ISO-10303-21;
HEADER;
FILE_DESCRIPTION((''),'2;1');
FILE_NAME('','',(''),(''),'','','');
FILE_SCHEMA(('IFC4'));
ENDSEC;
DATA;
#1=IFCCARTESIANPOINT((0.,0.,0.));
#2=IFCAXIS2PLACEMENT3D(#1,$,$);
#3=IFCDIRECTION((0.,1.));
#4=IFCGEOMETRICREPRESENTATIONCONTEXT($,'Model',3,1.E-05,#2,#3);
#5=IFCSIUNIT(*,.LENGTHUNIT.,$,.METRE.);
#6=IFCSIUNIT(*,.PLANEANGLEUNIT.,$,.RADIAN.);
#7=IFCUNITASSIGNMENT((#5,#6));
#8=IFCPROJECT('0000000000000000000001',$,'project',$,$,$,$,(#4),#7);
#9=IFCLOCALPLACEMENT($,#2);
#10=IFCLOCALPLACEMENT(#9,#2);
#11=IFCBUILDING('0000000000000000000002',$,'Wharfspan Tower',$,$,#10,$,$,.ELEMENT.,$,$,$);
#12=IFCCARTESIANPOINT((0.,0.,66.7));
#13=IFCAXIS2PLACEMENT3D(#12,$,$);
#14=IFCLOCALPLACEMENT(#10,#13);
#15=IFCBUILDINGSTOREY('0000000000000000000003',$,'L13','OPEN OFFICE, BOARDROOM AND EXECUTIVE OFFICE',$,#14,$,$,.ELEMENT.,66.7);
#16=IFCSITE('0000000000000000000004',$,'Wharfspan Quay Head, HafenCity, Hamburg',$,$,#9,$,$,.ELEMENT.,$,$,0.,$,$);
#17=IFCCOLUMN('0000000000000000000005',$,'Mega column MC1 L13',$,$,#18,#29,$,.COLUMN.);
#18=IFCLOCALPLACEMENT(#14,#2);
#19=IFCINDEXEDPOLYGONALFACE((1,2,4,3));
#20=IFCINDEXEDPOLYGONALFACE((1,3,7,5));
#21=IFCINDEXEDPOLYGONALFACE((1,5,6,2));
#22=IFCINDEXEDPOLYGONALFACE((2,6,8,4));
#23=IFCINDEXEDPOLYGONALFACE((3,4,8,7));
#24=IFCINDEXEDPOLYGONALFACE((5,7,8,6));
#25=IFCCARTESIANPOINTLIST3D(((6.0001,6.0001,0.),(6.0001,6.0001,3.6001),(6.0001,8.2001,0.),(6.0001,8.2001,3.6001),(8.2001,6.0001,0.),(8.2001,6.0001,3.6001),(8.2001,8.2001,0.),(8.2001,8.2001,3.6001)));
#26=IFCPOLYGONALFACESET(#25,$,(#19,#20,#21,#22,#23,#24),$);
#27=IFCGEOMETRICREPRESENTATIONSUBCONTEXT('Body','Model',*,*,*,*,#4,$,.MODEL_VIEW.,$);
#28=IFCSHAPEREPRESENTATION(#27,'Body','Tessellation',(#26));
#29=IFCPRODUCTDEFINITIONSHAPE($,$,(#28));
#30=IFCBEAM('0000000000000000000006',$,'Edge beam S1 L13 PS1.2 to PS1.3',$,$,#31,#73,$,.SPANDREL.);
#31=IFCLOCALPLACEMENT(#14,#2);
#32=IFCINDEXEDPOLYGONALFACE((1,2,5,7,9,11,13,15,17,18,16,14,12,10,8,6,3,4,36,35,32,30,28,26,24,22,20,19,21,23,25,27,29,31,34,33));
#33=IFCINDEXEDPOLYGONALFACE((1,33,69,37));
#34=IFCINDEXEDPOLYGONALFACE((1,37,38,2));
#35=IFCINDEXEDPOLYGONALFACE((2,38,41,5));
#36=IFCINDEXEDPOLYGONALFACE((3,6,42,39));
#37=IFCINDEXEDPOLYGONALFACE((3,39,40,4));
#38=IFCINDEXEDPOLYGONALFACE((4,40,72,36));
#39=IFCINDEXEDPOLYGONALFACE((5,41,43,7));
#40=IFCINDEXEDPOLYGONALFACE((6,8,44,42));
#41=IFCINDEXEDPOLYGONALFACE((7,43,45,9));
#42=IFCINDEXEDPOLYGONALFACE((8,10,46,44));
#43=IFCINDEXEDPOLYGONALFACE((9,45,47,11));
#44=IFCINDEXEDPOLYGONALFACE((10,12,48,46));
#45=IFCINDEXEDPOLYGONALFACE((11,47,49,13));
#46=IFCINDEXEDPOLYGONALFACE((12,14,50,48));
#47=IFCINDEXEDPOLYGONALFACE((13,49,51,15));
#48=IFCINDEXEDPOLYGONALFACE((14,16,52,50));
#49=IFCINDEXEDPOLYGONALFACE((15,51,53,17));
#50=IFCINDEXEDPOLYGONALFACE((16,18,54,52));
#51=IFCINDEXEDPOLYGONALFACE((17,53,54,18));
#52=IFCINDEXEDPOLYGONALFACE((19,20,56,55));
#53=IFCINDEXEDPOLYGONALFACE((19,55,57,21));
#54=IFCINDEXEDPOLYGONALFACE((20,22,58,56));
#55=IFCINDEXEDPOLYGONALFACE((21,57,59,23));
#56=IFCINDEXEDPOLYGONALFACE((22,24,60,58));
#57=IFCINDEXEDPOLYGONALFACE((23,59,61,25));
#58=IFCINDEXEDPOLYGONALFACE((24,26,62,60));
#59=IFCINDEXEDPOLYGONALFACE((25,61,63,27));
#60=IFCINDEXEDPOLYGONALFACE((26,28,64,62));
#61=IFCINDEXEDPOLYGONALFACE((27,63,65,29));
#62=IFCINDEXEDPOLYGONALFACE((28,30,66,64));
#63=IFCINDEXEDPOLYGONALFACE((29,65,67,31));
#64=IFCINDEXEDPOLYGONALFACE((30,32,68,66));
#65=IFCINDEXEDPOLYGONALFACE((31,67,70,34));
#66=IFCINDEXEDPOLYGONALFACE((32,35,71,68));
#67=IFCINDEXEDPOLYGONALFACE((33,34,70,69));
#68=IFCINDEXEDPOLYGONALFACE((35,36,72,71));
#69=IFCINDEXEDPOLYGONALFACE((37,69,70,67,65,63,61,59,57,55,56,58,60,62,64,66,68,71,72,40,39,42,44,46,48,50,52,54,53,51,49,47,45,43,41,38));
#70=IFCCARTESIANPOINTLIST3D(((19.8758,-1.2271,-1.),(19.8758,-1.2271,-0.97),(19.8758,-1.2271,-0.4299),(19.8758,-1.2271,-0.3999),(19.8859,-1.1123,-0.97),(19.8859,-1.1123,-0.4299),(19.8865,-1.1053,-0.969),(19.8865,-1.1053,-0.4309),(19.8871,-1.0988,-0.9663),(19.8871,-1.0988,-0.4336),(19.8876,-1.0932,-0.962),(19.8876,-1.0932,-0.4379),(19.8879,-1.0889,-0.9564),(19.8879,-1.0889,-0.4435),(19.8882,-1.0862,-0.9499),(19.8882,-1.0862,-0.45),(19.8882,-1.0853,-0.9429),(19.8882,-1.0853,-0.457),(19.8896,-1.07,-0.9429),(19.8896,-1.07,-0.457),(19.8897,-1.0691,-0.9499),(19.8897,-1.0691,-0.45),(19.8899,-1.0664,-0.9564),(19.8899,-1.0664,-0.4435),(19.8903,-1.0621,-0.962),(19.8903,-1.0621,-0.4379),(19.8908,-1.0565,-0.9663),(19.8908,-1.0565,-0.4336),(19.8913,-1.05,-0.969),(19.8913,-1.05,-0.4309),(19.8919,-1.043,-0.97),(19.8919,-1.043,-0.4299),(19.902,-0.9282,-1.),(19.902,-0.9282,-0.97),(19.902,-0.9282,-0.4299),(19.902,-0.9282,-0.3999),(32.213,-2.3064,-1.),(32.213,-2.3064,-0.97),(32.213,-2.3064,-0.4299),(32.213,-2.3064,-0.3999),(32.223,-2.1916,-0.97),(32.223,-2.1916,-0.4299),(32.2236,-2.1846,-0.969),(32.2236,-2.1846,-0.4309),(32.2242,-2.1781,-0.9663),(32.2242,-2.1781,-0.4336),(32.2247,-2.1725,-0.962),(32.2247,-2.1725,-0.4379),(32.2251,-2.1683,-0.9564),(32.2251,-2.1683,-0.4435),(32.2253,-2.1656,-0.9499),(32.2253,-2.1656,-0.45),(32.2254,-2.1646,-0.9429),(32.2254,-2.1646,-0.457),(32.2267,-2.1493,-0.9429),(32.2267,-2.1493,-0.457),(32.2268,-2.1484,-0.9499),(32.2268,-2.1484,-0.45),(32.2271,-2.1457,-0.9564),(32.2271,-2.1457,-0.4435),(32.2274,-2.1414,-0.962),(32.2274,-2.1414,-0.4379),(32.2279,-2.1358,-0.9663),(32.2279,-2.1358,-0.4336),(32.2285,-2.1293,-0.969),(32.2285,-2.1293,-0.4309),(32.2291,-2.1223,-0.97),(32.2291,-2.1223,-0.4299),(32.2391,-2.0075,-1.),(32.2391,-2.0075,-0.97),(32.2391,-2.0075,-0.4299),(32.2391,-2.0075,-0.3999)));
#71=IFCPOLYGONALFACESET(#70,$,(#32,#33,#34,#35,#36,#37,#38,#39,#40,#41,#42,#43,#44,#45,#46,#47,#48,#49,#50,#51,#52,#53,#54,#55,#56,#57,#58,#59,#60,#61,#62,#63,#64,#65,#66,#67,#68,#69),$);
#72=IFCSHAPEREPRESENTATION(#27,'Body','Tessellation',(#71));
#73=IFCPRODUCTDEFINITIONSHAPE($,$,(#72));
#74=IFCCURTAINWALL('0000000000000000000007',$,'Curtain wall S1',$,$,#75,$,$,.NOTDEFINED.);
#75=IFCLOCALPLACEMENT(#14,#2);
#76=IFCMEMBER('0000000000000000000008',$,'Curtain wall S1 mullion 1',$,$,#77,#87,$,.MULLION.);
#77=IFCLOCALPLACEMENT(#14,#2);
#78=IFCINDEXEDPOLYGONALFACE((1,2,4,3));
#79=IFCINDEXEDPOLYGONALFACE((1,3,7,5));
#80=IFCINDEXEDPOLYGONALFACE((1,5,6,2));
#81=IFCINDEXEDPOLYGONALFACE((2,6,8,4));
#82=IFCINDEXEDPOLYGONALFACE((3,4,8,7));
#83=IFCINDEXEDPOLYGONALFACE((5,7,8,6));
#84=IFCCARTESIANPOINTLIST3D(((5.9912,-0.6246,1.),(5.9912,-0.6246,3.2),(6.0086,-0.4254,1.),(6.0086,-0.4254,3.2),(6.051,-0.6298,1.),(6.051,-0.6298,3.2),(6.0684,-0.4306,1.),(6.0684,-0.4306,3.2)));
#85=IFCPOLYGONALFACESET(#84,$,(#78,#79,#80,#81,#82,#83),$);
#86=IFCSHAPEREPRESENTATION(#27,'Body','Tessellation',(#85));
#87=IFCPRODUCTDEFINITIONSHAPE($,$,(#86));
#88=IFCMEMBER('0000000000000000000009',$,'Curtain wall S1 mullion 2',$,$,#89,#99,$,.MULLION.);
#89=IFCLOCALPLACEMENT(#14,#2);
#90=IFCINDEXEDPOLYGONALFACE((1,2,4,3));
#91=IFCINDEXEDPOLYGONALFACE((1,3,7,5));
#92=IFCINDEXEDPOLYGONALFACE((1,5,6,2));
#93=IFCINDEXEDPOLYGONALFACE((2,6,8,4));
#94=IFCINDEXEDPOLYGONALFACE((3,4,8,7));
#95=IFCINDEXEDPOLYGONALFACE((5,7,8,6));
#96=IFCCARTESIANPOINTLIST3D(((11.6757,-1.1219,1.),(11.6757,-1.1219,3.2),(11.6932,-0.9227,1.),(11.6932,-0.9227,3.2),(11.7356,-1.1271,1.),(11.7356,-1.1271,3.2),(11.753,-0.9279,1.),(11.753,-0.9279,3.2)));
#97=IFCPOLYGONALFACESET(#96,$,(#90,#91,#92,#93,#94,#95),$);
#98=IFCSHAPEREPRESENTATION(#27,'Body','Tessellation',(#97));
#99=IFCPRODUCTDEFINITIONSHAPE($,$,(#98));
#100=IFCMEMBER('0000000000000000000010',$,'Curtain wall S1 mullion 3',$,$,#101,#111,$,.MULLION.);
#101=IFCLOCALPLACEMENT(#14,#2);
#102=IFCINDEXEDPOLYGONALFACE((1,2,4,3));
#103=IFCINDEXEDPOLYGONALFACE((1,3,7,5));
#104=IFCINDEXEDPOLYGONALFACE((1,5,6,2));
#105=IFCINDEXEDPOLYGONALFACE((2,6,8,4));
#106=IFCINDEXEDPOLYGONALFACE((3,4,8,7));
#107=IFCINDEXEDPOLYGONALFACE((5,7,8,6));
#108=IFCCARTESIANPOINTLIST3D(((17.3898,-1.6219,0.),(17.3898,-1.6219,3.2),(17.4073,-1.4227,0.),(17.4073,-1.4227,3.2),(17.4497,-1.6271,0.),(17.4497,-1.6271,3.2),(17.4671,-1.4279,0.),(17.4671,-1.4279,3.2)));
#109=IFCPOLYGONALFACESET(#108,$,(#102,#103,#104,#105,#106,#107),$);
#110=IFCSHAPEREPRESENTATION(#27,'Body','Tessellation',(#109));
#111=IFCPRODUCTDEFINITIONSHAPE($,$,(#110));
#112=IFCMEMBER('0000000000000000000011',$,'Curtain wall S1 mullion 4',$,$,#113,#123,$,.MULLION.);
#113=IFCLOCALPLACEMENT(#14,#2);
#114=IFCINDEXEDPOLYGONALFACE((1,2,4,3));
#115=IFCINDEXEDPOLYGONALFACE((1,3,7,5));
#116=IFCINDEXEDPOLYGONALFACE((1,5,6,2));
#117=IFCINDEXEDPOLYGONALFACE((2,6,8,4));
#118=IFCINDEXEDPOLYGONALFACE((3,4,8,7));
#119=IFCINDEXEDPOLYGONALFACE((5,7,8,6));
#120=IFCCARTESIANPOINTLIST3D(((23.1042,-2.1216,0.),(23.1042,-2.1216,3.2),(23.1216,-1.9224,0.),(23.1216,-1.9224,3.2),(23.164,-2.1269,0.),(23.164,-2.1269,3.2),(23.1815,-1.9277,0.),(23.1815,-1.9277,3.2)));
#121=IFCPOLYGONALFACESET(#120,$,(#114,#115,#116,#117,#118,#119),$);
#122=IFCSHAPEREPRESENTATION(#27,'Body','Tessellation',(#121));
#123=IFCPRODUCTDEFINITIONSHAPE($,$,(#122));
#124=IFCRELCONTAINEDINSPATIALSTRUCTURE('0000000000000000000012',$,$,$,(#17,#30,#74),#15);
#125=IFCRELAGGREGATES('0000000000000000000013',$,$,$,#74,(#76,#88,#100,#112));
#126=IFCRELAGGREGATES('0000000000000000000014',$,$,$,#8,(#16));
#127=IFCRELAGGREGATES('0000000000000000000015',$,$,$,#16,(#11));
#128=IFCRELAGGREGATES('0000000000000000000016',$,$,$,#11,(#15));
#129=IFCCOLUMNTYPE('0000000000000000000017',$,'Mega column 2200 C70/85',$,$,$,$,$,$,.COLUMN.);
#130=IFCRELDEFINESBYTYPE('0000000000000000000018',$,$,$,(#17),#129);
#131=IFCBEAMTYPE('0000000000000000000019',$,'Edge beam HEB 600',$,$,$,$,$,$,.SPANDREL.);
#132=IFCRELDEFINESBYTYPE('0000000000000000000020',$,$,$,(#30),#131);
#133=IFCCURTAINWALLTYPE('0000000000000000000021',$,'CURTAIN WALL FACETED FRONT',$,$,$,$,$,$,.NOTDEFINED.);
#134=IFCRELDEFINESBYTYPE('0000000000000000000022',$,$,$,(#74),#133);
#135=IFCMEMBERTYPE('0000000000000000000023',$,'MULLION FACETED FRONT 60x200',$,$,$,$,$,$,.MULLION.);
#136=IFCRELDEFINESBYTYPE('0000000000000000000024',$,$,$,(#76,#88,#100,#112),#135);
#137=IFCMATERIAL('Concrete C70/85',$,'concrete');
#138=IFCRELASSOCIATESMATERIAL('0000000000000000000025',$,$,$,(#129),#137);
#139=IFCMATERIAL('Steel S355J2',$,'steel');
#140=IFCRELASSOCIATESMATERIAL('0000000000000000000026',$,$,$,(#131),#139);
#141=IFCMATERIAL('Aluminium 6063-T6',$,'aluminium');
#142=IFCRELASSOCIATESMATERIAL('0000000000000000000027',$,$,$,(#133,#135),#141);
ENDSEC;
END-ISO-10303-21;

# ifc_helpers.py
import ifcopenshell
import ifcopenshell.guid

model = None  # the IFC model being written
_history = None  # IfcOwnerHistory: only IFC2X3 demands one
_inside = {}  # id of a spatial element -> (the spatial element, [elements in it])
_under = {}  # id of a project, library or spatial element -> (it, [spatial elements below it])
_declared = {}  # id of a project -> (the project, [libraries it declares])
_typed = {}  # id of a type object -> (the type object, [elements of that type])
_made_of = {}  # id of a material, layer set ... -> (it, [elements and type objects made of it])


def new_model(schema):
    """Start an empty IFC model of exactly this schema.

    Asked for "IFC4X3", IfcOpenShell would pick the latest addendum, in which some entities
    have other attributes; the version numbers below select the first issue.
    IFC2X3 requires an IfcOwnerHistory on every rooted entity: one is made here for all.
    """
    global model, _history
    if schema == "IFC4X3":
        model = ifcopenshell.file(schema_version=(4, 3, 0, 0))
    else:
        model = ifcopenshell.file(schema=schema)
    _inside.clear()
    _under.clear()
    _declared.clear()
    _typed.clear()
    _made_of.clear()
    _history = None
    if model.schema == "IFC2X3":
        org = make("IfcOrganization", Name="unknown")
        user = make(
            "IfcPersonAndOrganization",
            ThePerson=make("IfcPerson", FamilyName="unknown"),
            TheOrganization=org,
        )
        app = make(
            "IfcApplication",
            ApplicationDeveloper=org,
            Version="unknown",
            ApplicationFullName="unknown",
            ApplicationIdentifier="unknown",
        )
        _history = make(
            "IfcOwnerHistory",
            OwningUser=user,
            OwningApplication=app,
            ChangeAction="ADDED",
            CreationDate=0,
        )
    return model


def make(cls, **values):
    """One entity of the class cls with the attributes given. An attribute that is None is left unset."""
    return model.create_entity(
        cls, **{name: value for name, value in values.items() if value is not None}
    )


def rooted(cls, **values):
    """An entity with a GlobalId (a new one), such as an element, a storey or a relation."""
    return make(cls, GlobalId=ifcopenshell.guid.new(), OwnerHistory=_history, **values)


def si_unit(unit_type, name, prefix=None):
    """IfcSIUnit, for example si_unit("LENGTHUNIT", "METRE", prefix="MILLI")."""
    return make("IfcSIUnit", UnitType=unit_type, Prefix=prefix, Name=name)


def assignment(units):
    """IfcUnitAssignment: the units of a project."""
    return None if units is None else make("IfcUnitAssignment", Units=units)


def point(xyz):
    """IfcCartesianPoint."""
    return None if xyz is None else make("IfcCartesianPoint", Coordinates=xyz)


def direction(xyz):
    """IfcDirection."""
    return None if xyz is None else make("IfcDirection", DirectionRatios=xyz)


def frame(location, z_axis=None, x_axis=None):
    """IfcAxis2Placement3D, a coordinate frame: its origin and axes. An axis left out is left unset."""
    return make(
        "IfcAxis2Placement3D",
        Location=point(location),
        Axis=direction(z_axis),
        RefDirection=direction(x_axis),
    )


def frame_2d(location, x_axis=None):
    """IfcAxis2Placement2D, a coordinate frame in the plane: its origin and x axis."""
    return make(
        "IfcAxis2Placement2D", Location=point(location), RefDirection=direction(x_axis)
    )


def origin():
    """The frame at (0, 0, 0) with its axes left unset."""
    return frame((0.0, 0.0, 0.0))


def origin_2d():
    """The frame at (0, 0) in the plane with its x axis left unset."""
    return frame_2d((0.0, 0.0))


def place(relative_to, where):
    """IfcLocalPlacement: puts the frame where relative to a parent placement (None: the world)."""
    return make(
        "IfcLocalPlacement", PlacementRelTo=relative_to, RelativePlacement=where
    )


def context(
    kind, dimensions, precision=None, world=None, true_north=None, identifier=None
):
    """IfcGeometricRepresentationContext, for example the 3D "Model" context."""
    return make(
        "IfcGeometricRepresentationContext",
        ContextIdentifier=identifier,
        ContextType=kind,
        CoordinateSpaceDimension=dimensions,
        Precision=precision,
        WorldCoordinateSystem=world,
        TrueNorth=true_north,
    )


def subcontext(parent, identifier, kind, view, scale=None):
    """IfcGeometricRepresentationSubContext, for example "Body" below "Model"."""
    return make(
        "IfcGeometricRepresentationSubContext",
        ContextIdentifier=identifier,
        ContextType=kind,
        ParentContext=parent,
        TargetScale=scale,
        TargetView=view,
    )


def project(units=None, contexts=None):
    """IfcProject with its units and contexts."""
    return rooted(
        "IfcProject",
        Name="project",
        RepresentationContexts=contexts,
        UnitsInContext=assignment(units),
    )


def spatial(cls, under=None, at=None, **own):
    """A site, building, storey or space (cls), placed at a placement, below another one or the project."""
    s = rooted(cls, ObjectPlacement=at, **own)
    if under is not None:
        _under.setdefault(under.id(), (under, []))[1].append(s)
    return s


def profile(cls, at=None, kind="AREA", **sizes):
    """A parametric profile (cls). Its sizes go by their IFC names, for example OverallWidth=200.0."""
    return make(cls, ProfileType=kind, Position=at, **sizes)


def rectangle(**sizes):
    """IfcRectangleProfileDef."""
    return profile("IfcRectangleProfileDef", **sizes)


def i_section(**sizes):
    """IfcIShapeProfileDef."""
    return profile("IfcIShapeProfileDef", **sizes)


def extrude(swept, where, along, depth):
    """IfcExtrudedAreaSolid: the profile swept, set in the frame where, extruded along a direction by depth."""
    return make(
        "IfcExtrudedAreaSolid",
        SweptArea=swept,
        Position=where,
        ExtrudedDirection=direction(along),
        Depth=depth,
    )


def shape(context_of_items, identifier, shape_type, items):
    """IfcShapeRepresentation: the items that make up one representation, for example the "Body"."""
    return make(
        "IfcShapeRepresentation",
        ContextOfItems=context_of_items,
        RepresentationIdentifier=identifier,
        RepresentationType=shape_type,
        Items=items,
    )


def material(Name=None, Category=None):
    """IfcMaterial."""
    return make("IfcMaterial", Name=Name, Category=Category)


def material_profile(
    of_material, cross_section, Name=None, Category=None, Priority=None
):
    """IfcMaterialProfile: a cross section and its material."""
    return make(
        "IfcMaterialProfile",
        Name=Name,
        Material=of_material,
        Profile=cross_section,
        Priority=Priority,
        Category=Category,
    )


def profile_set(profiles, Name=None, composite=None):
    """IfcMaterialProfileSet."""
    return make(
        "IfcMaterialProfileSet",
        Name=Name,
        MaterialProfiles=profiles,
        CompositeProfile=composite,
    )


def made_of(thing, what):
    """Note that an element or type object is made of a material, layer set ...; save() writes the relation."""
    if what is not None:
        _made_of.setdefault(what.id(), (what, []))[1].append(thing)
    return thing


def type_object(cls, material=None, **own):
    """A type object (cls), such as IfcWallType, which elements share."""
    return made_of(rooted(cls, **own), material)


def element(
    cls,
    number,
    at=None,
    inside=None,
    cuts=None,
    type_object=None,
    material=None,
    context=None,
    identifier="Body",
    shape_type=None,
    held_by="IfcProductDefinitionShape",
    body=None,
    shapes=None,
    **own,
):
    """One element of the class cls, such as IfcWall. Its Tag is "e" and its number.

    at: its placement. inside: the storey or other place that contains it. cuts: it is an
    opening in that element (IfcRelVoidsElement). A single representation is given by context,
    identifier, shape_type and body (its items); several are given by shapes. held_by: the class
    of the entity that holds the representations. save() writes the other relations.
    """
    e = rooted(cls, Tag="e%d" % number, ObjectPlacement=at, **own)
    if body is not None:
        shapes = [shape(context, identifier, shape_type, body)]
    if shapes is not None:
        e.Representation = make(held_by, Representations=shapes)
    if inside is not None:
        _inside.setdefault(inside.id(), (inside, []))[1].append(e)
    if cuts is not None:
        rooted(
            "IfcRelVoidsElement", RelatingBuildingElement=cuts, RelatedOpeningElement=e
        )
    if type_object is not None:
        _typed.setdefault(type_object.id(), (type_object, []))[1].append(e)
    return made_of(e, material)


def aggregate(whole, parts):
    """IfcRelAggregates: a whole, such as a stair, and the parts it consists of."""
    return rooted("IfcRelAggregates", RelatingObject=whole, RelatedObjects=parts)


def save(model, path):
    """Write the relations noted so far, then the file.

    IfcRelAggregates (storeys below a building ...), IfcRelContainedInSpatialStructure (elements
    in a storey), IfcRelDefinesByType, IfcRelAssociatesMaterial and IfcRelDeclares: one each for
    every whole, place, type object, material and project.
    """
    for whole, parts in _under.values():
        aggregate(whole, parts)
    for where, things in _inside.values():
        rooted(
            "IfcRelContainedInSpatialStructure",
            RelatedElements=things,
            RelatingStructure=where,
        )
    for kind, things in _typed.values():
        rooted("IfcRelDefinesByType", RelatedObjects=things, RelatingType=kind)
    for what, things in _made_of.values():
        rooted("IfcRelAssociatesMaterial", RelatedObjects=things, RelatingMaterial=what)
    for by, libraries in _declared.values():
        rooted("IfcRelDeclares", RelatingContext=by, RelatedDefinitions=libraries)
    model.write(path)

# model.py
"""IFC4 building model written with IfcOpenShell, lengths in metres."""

from ifc_helpers import new_model, si_unit, direction, frame, origin, origin_2d, place, context, subcontext, project, spatial, rectangle, i_section, extrude, material, material_profile, profile_set, type_object, element, aggregate, save


model = new_model("IFC4")

# Units and contexts
model_context = context("Model", 3, precision=1e-05, world=origin(), true_north=direction((0.0, 1.0)))
body_context = subcontext(model_context, "Body", "Model", "MODEL_VIEW")
ifc_project = project(units=[si_unit("LENGTHUNIT", "METRE"), si_unit("PLANEANGLEUNIT", "RADIAN")], contexts=[model_context])

# Site, building, storey
site_placement = place(None, origin())
site = spatial("IfcSite", under=ifc_project, at=site_placement, Name="Wharfspan Quay Head, HafenCity, Hamburg", CompositionType="ELEMENT", RefElevation=0.0)
building_placement = place(site_placement, origin())
building = spatial("IfcBuilding", under=site, at=building_placement, Name="Wharfspan Tower", CompositionType="ELEMENT")
storey_placement = place(building_placement, frame((0.0, 0.0, 66.7)))
storey = spatial("IfcBuildingStorey", under=building, at=storey_placement, Name="L13", Description="OPEN OFFICE, BOARDROOM AND EXECUTIVE OFFICE", CompositionType="ELEMENT", Elevation=66.7)

# Column
ifc_material_1 = material(Name="Steel S355J2", Category="steel")
ifc_material_2 = material(Name="Concrete C70/85", Category="concrete")
ifc_material_profile_1 = material_profile(ifc_material_2, rectangle(XDim=2.2, YDim=2.2, at=origin_2d()))
ifc_profile_set_1 = profile_set([ifc_material_profile_1], Name="Concrete C70/85")
column_type_1 = type_object("IfcColumnType", Name="Mega column 2200 C70/85", PredefinedType="COLUMN", material=ifc_profile_set_1)
column_placement = place(storey_placement, frame((7.1001, 7.1001, 0.0), z_axis=(0.0, 0.0, 1.0), x_axis=(1.0, 0.0, 0.0)))
element("IfcColumn", 1, at=column_placement, inside=storey, type_object=column_type_1, Name="Mega column MC1 L13", PredefinedType="COLUMN", context=body_context, shape_type="SweptSolid", body=[
    extrude(rectangle(XDim=2.2, YDim=2.2, at=origin_2d()), origin(), (0.0, 0.0, 1.0), 3.6001),
])

# Beam
ifc_material_profile_2 = material_profile(ifc_material_1, i_section(OverallWidth=0.3, OverallDepth=0.6001, WebThickness=0.0154, FlangeThickness=0.03, FilletRadius=0.0271, at=origin_2d()))
ifc_profile_set_2 = profile_set([ifc_material_profile_2], Name="Steel S355J2")
beam_type = type_object("IfcBeamType", Name="Edge beam HEB 600", PredefinedType="SPANDREL", material=ifc_profile_set_2)
beam_placement = place(storey_placement, frame((19.8889, -1.0776, -0.7), z_axis=(0.996195, -0.087154, 0.0), x_axis=(0.087154, 0.996195, 0.0)))
element("IfcBeam", 2, at=beam_placement, inside=storey, type_object=beam_type, Name="Edge beam S1 L13 PS1.2 to PS1.3", PredefinedType="SPANDREL", context=body_context, shape_type="SweptSolid", body=[
    extrude(i_section(OverallWidth=0.3, OverallDepth=0.6001, WebThickness=0.0154, FlangeThickness=0.03, FilletRadius=0.0271, at=origin_2d()), origin(), (0.0, 0.0, 1.0), 12.3843),
])

# Curtain wall, members
ifc_material_3 = material(Name="Aluminium 6063-T6", Category="aluminium")
curtain_wall_type_1 = type_object("IfcCurtainWallType", Name="CURTAIN WALL FACETED FRONT", PredefinedType="NOTDEFINED", material=ifc_material_3)
curtain_wall_1_placement = place(storey_placement, origin())
curtain_wall_1 = element("IfcCurtainWall", 3, at=curtain_wall_1_placement, inside=storey, type_object=curtain_wall_type_1, Name="Curtain wall S1", PredefinedType="NOTDEFINED")
ifc_material_profile_3 = material_profile(ifc_material_3, rectangle(XDim=0.2, YDim=0.0601, at=origin_2d()))
ifc_profile_set_3 = profile_set([ifc_material_profile_3], Name="Aluminium 6063-T6")
member_type_1 = type_object("IfcMemberType", Name="MULLION FACETED FRONT 60x200", PredefinedType="MULLION", material=ifc_profile_set_3)
member_1_placement = place(storey_placement, frame((6.0298, -0.5276, 1.0), z_axis=(0.0, 0.0, 1.0), x_axis=(0.087156, 0.996197, 0.0)))
member_1 = element("IfcMember", 4, at=member_1_placement, type_object=member_type_1, Name="Curtain wall S1 mullion 1", PredefinedType="MULLION", context=body_context, shape_type="SweptSolid", body=[
    extrude(rectangle(XDim=0.2, YDim=0.0601, at=origin_2d()), origin(), (0.0, 0.0, 1.0), 2.2),
])
member_2_placement = place(storey_placement, frame((11.7144, -1.0249, 1.0), z_axis=(0.0, 0.0, 1.0), x_axis=(0.087156, 0.996197, 0.0)))
member_2 = element("IfcMember", 5, at=member_2_placement, type_object=member_type_1, Name="Curtain wall S1 mullion 2", PredefinedType="MULLION", context=body_context, shape_type="SweptSolid", body=[
    extrude(rectangle(XDim=0.2, YDim=0.0601, at=origin_2d()), origin(), (0.0, 0.0, 1.0), 2.2),
])
member_3_placement = place(storey_placement, frame((17.4285, -1.5249, 0.0), z_axis=(0.0, 0.0, 1.0), x_axis=(0.087156, 0.996197, 0.0)))
member_3 = element("IfcMember", 6, at=member_3_placement, type_object=member_type_1, Name="Curtain wall S1 mullion 3", PredefinedType="MULLION", context=body_context, shape_type="SweptSolid", body=[
    extrude(rectangle(XDim=0.2, YDim=0.0601, at=origin_2d()), origin(), (0.0, 0.0, 1.0), 3.2),
])
member_4_placement = place(storey_placement, frame((23.1428, -2.0247, 0.0), z_axis=(0.0, 0.0, 1.0), x_axis=(0.087156, 0.996197, 0.0)))
member_4 = element("IfcMember", 7, at=member_4_placement, type_object=member_type_1, Name="Curtain wall S1 mullion 4", PredefinedType="MULLION", context=body_context, shape_type="SweptSolid", body=[
    extrude(rectangle(XDim=0.2, YDim=0.0601, at=origin_2d()), origin(), (0.0, 0.0, 1.0), 3.2),
])

aggregate(curtain_wall_1, [member_1, member_2, member_3, member_4])

save(model, "model.ifc")
